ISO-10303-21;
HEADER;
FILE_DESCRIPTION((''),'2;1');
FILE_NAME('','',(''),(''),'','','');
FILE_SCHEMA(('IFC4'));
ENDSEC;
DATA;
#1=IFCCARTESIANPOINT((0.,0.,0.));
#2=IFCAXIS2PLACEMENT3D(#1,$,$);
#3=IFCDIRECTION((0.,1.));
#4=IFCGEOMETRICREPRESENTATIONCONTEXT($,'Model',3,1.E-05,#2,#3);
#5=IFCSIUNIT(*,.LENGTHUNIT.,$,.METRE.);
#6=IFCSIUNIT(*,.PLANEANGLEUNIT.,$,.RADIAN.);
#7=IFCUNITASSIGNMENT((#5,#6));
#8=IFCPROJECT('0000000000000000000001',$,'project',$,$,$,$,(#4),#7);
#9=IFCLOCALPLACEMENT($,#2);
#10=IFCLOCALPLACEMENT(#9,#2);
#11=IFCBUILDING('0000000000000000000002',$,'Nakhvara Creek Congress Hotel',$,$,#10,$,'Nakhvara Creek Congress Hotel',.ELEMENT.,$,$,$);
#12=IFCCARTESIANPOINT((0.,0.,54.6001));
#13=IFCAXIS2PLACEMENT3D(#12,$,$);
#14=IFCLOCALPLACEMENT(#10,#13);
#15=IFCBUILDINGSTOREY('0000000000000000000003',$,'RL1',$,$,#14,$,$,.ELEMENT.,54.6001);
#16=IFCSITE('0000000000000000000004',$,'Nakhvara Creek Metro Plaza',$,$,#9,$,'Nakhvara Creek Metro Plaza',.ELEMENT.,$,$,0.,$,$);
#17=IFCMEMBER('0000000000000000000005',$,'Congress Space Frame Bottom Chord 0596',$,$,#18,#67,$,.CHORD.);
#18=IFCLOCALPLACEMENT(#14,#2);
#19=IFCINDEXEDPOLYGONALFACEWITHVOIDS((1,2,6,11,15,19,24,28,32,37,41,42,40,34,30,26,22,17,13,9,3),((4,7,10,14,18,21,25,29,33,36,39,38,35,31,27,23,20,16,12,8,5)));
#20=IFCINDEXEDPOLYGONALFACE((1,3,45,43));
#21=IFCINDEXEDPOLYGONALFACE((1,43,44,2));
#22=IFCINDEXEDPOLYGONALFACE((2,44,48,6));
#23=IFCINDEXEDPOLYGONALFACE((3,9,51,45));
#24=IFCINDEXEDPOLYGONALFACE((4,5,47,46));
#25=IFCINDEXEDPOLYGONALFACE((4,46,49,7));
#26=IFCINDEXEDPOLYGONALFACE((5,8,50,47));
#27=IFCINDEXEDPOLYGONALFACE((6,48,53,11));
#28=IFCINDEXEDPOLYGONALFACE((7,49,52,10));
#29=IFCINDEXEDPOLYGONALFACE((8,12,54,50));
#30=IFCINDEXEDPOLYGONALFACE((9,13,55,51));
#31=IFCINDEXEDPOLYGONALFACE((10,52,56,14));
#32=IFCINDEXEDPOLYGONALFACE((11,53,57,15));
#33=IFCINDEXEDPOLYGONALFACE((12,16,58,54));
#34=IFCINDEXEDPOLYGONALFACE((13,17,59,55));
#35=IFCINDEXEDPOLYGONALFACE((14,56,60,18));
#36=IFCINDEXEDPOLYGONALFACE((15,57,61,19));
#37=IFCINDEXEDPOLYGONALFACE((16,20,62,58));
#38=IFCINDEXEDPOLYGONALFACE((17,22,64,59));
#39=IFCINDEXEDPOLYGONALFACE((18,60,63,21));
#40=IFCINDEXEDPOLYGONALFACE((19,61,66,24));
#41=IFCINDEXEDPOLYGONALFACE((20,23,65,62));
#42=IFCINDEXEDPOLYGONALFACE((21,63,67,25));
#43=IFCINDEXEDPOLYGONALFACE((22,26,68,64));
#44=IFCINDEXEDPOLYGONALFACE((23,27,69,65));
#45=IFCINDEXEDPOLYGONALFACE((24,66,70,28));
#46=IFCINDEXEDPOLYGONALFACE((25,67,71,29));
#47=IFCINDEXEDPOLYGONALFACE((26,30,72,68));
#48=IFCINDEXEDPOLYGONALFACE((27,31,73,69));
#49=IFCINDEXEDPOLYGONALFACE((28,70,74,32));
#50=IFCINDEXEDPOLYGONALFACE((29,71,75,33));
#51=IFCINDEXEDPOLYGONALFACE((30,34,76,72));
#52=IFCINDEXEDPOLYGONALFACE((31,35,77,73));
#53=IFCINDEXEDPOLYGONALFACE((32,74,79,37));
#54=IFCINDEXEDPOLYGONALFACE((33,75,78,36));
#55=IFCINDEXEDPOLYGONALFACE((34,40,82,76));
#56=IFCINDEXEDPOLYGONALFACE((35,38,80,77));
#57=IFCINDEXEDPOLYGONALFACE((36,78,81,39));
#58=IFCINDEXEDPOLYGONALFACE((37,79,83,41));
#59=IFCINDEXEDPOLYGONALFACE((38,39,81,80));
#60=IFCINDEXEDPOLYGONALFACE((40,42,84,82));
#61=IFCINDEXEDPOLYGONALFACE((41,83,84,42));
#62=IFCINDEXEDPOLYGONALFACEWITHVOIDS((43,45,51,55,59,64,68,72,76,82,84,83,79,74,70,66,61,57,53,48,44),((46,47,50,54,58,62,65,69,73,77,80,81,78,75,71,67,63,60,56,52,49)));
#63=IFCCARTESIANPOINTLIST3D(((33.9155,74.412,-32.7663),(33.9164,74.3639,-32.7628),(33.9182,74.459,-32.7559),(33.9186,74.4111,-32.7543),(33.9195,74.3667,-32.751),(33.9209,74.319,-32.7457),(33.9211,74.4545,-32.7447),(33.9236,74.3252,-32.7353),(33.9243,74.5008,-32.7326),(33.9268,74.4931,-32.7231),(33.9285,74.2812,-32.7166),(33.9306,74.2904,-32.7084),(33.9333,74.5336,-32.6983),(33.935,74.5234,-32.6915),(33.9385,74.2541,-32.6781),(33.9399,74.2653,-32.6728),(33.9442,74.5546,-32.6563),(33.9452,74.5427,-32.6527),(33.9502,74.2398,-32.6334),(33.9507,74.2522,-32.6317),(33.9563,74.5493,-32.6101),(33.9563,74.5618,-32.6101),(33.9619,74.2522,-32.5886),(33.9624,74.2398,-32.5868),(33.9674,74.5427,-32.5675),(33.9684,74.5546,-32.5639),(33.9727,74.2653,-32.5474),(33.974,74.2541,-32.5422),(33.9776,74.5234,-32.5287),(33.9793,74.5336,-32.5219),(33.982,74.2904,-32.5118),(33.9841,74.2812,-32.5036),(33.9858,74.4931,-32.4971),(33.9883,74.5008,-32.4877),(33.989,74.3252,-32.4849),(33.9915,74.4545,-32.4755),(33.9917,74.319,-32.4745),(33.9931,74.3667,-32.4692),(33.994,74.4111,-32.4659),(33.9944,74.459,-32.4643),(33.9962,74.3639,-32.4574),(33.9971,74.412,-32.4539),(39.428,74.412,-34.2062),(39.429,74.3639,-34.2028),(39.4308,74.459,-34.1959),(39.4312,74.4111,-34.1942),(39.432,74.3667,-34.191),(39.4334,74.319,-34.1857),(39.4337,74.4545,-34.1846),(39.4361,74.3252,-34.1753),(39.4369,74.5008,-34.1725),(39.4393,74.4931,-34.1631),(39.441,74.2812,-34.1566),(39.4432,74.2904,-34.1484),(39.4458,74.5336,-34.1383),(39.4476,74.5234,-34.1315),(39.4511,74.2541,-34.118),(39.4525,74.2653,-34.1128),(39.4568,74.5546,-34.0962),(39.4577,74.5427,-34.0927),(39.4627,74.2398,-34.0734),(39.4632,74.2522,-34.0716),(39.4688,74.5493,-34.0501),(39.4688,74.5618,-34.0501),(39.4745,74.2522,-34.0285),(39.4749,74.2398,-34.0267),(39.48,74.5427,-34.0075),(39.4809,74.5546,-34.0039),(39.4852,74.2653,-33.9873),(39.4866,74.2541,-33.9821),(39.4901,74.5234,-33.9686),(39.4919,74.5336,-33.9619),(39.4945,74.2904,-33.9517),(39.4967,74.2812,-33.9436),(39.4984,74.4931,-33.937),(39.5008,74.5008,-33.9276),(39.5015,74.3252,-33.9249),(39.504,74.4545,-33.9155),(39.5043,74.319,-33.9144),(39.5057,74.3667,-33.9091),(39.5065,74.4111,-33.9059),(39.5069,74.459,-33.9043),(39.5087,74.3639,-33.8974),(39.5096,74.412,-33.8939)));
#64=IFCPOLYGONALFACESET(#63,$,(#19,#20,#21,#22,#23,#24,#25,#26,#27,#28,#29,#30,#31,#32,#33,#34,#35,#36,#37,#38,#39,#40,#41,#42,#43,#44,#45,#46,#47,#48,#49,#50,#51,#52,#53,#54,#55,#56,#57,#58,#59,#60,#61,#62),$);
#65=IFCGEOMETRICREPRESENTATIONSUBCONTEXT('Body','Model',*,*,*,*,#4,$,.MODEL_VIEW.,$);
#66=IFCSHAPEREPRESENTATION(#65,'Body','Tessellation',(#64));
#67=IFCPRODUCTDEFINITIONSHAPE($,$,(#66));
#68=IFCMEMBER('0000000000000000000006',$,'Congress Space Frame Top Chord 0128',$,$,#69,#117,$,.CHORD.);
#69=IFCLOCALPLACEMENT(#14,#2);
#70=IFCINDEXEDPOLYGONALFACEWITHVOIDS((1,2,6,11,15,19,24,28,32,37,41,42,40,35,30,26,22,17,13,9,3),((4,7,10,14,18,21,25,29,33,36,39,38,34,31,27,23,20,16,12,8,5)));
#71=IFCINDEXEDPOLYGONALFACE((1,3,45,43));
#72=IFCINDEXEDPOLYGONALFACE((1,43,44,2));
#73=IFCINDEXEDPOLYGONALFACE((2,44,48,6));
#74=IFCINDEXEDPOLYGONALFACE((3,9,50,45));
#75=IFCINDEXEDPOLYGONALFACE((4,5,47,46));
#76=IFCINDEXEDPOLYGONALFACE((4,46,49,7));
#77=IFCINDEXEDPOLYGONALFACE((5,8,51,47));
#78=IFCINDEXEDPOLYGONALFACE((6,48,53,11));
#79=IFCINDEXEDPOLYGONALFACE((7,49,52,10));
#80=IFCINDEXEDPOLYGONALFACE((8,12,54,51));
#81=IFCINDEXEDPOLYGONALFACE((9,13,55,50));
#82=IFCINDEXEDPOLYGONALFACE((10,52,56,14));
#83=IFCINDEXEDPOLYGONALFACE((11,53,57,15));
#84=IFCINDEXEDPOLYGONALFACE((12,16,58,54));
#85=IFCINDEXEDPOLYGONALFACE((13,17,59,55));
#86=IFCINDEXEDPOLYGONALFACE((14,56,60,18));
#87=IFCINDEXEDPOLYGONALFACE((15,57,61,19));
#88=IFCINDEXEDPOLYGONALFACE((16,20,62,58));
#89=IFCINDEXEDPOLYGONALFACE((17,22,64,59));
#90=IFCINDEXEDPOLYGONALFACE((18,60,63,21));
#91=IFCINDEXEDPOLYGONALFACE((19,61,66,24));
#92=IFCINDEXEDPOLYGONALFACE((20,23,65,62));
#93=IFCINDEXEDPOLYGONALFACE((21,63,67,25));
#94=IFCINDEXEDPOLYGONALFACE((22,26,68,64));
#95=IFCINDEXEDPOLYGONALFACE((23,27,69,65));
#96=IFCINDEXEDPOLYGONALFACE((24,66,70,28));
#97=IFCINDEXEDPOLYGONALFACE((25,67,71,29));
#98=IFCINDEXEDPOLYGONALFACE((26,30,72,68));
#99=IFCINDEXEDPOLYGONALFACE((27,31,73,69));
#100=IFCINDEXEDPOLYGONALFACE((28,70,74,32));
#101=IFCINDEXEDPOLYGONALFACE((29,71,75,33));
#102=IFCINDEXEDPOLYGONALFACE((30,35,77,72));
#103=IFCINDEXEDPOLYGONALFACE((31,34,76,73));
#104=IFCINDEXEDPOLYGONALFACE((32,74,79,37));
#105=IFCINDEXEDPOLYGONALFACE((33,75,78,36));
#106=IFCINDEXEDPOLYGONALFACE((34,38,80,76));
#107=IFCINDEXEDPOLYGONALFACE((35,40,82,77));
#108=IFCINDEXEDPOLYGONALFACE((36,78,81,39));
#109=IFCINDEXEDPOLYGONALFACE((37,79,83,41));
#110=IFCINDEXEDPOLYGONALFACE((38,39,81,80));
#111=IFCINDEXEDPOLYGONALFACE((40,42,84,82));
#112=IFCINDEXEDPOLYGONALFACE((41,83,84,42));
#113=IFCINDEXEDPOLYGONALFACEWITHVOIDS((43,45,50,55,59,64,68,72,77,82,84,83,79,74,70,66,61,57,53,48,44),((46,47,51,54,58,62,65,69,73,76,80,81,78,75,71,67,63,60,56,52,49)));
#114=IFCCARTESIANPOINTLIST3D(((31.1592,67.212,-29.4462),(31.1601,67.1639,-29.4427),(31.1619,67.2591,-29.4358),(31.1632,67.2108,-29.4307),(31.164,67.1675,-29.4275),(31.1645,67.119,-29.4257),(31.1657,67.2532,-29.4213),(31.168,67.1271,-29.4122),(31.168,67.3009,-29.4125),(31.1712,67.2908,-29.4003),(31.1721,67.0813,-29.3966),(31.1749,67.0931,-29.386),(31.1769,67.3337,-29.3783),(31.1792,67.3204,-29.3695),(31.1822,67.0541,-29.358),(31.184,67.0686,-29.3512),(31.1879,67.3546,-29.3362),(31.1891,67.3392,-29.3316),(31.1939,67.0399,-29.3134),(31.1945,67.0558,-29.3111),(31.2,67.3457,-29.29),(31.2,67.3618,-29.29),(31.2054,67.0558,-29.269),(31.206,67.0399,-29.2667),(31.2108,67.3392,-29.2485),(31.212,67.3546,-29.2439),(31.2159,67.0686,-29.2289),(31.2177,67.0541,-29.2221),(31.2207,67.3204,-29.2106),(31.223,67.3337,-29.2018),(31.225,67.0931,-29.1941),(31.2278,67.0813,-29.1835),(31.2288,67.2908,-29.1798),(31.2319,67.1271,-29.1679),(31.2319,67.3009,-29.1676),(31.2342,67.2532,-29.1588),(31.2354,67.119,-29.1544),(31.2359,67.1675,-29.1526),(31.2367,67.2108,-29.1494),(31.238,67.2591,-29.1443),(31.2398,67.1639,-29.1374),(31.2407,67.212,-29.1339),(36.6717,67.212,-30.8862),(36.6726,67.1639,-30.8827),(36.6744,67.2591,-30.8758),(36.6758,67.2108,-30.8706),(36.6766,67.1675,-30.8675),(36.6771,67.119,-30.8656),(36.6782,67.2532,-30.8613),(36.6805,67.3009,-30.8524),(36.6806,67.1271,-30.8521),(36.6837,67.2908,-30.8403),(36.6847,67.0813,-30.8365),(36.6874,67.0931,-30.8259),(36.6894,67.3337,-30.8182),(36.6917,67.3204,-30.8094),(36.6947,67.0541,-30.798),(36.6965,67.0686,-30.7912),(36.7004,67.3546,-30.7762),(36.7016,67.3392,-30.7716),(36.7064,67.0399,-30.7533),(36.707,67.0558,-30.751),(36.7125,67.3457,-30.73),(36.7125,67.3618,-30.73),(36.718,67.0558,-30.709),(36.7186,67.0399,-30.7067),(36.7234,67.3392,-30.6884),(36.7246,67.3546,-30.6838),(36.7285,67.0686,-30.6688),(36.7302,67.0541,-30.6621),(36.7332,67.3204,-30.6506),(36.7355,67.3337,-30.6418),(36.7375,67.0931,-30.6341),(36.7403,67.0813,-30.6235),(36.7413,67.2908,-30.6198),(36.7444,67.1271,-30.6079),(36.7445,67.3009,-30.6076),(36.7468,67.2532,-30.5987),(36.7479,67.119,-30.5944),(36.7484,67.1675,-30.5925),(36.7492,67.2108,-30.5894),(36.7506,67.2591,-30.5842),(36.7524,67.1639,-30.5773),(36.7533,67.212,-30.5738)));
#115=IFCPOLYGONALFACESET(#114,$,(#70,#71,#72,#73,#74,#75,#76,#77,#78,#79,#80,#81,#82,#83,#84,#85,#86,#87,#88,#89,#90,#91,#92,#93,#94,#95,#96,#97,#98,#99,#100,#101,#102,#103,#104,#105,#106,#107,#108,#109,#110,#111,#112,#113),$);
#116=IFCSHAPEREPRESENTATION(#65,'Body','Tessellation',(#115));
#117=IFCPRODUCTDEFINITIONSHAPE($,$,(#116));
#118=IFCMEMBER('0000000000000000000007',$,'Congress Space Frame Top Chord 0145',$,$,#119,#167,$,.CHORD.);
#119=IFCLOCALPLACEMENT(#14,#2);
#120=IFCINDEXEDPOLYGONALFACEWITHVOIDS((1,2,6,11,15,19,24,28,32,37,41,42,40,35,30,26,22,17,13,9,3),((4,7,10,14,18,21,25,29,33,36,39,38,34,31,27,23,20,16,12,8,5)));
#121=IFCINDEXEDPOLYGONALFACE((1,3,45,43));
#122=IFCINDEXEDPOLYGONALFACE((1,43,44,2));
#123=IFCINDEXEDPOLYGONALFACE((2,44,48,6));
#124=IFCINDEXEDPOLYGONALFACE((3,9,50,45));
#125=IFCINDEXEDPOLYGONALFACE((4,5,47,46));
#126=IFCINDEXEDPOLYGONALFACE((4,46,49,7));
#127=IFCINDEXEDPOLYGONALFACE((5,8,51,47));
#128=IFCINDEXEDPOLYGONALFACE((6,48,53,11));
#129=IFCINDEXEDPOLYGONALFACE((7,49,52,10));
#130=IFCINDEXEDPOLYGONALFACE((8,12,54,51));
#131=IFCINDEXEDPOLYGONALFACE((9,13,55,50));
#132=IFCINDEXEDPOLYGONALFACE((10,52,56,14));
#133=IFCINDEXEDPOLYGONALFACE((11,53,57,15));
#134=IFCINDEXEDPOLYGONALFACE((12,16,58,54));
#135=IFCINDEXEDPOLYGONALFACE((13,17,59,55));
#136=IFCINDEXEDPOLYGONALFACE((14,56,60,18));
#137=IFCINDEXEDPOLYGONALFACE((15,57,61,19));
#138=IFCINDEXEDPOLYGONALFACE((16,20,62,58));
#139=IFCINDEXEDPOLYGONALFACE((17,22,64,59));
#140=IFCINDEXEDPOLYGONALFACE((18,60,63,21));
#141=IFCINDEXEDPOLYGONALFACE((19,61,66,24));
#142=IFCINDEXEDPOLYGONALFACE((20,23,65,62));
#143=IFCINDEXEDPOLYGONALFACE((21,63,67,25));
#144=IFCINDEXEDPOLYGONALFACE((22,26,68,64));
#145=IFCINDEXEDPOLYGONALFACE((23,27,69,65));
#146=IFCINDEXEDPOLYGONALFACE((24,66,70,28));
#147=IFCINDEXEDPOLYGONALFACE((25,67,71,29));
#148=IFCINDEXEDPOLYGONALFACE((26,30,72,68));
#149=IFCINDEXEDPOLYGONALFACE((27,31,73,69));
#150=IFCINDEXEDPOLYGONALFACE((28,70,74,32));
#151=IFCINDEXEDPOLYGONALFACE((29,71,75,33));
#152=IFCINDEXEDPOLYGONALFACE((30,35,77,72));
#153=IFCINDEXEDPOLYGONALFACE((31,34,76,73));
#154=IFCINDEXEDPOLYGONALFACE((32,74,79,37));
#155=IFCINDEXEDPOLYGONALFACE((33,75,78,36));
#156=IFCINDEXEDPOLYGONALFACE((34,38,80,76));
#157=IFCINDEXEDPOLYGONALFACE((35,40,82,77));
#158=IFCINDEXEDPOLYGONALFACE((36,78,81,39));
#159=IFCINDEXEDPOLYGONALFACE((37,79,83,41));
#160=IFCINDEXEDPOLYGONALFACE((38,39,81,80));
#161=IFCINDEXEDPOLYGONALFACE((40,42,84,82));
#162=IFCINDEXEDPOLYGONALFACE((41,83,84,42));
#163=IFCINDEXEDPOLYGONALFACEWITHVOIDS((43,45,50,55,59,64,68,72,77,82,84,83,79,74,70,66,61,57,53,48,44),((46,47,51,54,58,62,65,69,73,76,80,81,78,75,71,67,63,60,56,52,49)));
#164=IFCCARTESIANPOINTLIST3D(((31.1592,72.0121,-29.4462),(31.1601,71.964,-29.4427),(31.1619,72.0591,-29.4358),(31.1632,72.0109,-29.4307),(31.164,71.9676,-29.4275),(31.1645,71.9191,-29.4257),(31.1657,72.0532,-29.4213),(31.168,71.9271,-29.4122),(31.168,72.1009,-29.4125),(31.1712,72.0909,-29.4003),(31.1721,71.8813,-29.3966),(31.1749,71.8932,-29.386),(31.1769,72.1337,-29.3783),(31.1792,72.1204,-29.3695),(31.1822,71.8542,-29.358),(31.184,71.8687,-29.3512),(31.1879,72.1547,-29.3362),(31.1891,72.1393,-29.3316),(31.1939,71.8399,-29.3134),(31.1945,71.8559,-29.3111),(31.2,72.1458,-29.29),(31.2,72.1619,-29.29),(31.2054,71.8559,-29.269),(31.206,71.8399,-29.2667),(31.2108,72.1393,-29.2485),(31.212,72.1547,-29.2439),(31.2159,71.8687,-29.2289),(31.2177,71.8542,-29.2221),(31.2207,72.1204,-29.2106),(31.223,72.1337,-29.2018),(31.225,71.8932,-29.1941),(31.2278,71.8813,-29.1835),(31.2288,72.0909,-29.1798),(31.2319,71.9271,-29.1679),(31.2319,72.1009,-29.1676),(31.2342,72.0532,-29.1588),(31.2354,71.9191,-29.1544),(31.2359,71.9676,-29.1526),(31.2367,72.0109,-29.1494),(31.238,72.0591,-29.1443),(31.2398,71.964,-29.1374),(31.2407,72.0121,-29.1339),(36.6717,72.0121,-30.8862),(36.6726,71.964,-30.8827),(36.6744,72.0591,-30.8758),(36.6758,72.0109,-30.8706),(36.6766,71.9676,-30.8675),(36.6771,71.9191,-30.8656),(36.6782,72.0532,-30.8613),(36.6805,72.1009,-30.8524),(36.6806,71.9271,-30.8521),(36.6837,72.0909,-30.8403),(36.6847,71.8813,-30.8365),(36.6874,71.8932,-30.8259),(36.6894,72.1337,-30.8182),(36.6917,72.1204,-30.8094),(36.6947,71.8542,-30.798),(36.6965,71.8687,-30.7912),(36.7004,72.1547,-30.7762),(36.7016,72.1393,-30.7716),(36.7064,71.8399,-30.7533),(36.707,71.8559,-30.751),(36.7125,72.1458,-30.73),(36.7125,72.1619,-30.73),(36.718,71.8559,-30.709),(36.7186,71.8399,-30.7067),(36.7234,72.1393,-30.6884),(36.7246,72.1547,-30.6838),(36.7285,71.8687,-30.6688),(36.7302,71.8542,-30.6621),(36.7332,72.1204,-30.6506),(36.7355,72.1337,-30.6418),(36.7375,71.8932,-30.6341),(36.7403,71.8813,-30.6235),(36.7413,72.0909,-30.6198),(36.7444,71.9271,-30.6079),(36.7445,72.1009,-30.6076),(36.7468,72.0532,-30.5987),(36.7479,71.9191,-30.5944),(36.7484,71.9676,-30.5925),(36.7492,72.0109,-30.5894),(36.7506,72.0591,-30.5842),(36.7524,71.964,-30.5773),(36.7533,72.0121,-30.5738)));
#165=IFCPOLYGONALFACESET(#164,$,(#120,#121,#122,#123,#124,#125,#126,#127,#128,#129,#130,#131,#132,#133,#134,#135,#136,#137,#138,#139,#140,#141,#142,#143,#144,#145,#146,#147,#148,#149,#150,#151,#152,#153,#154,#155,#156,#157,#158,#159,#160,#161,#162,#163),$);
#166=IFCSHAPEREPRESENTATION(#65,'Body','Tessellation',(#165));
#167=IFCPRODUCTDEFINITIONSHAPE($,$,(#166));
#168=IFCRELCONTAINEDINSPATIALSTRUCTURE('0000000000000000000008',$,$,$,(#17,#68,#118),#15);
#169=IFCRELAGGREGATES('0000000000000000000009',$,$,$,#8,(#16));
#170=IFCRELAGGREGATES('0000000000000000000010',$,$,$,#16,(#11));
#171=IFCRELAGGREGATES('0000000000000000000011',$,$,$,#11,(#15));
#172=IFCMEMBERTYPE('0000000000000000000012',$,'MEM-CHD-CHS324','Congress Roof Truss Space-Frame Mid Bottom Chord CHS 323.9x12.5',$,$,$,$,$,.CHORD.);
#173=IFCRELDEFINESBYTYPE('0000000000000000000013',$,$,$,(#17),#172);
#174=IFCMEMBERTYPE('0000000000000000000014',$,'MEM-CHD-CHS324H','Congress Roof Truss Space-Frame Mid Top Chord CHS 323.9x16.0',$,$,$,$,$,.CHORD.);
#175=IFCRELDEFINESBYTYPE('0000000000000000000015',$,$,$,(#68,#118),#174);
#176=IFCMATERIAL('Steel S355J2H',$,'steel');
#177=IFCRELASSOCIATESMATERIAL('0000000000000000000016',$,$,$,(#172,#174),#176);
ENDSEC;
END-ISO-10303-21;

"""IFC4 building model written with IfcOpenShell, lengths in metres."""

from ifc_helpers import new_model, si_unit, direction, frame, origin, origin_2d, place, context, subcontext, project, spatial, hollow_circle, extrude, material, material_profile, profile_set, type_object, element, save


model = new_model("IFC4")

# Units and contexts
model_context = context("Model", 3, precision=1e-05, world=origin(), true_north=direction((0.0, 1.0)))
body_context = subcontext(model_context, "Body", "Model", "MODEL_VIEW")
ifc_project = project(units=[si_unit("LENGTHUNIT", "METRE"), si_unit("PLANEANGLEUNIT", "RADIAN")], contexts=[model_context])

# Site, building, storey
site_placement = place(None, origin())
site = spatial("IfcSite", under=ifc_project, at=site_placement, Name="Nakhvara Creek Metro Plaza", LongName="Nakhvara Creek Metro Plaza", CompositionType="ELEMENT", RefElevation=0.0)
building_placement = place(site_placement, origin())
building = spatial("IfcBuilding", under=site, at=building_placement, Name="Nakhvara Creek Congress Hotel", LongName="Nakhvara Creek Congress Hotel", CompositionType="ELEMENT")
storey_placement = place(building_placement, frame((0.0, 0.0, 54.6001)))
storey = spatial("IfcBuildingStorey", under=building, at=storey_placement, Name="RL1", CompositionType="ELEMENT", Elevation=54.6001)

# Members
ifc_material_1 = material(Name="Steel S355J2H", Category="steel")
ifc_material_profile_1 = material_profile(ifc_material_1, hollow_circle(Radius=0.1619, WallThickness=0.0125, at=origin_2d()), Name="CHS 323.9x12.5", Category="LoadBearing")
ifc_profile_set_1 = profile_set([ifc_material_profile_1], Name="Steel S355J2H")
member_type_1 = type_object("IfcMemberType", Name="MEM-CHD-CHS324", Description="Congress Roof Truss Space-Frame Mid Bottom Chord CHS 323.9x12.5", PredefinedType="CHORD", material=ifc_profile_set_1)
member_1_placement = place(storey_placement, frame((33.9563, 74.3999, -32.6101), z_axis=(0.967535, 0.0, -0.252736), x_axis=(0.0, 1.0, 0.0)))
element("IfcMember", 1, at=member_1_placement, inside=storey, type_object=member_type_1, Name="Congress Space Frame Bottom Chord 0596", PredefinedType="CHORD", context=body_context, shape_type="SweptSolid", body=[
    extrude(hollow_circle(Radius=0.1619, WallThickness=0.0125, at=origin_2d()), origin(), (0.0, 0.0, 1.0), 5.6975),
])
ifc_material_profile_2 = material_profile(ifc_material_1, hollow_circle(Radius=0.1619, WallThickness=0.0161, at=origin_2d()), Name="CHS 323.9x16.0", Category="LoadBearing")
ifc_profile_set_2 = profile_set([ifc_material_profile_2], Name="Steel S355J2H")
member_type_2 = type_object("IfcMemberType", Name="MEM-CHD-CHS324H", Description="Congress Roof Truss Space-Frame Mid Top Chord CHS 323.9x16.0", PredefinedType="CHORD", material=ifc_profile_set_2)
for number, where, z_axis, x_axis, name in (
    (2, (31.2, 67.2, -29.29), (0.967535, 0.0, -0.252736), (0.0, 1.0, 0.0), "Congress Space Frame Top Chord 0128"),
    (3, (31.2, 72.0, -29.29), (0.967535, 0.0, -0.252736), (0.0, 1.0, 0.0), "Congress Space Frame Top Chord 0145"),
):
    element("IfcMember", number, at=place(storey_placement, frame(where, z_axis=z_axis, x_axis=x_axis)), inside=storey, type_object=member_type_2, Name=name, PredefinedType="CHORD", context=body_context, shape_type="SweptSolid", body=[
        extrude(hollow_circle(Radius=0.1619, WallThickness=0.0161, at=origin_2d()), origin(), (0.0, 0.0, 1.0), 5.6975),
    ])

save(model, "model.ifc")
